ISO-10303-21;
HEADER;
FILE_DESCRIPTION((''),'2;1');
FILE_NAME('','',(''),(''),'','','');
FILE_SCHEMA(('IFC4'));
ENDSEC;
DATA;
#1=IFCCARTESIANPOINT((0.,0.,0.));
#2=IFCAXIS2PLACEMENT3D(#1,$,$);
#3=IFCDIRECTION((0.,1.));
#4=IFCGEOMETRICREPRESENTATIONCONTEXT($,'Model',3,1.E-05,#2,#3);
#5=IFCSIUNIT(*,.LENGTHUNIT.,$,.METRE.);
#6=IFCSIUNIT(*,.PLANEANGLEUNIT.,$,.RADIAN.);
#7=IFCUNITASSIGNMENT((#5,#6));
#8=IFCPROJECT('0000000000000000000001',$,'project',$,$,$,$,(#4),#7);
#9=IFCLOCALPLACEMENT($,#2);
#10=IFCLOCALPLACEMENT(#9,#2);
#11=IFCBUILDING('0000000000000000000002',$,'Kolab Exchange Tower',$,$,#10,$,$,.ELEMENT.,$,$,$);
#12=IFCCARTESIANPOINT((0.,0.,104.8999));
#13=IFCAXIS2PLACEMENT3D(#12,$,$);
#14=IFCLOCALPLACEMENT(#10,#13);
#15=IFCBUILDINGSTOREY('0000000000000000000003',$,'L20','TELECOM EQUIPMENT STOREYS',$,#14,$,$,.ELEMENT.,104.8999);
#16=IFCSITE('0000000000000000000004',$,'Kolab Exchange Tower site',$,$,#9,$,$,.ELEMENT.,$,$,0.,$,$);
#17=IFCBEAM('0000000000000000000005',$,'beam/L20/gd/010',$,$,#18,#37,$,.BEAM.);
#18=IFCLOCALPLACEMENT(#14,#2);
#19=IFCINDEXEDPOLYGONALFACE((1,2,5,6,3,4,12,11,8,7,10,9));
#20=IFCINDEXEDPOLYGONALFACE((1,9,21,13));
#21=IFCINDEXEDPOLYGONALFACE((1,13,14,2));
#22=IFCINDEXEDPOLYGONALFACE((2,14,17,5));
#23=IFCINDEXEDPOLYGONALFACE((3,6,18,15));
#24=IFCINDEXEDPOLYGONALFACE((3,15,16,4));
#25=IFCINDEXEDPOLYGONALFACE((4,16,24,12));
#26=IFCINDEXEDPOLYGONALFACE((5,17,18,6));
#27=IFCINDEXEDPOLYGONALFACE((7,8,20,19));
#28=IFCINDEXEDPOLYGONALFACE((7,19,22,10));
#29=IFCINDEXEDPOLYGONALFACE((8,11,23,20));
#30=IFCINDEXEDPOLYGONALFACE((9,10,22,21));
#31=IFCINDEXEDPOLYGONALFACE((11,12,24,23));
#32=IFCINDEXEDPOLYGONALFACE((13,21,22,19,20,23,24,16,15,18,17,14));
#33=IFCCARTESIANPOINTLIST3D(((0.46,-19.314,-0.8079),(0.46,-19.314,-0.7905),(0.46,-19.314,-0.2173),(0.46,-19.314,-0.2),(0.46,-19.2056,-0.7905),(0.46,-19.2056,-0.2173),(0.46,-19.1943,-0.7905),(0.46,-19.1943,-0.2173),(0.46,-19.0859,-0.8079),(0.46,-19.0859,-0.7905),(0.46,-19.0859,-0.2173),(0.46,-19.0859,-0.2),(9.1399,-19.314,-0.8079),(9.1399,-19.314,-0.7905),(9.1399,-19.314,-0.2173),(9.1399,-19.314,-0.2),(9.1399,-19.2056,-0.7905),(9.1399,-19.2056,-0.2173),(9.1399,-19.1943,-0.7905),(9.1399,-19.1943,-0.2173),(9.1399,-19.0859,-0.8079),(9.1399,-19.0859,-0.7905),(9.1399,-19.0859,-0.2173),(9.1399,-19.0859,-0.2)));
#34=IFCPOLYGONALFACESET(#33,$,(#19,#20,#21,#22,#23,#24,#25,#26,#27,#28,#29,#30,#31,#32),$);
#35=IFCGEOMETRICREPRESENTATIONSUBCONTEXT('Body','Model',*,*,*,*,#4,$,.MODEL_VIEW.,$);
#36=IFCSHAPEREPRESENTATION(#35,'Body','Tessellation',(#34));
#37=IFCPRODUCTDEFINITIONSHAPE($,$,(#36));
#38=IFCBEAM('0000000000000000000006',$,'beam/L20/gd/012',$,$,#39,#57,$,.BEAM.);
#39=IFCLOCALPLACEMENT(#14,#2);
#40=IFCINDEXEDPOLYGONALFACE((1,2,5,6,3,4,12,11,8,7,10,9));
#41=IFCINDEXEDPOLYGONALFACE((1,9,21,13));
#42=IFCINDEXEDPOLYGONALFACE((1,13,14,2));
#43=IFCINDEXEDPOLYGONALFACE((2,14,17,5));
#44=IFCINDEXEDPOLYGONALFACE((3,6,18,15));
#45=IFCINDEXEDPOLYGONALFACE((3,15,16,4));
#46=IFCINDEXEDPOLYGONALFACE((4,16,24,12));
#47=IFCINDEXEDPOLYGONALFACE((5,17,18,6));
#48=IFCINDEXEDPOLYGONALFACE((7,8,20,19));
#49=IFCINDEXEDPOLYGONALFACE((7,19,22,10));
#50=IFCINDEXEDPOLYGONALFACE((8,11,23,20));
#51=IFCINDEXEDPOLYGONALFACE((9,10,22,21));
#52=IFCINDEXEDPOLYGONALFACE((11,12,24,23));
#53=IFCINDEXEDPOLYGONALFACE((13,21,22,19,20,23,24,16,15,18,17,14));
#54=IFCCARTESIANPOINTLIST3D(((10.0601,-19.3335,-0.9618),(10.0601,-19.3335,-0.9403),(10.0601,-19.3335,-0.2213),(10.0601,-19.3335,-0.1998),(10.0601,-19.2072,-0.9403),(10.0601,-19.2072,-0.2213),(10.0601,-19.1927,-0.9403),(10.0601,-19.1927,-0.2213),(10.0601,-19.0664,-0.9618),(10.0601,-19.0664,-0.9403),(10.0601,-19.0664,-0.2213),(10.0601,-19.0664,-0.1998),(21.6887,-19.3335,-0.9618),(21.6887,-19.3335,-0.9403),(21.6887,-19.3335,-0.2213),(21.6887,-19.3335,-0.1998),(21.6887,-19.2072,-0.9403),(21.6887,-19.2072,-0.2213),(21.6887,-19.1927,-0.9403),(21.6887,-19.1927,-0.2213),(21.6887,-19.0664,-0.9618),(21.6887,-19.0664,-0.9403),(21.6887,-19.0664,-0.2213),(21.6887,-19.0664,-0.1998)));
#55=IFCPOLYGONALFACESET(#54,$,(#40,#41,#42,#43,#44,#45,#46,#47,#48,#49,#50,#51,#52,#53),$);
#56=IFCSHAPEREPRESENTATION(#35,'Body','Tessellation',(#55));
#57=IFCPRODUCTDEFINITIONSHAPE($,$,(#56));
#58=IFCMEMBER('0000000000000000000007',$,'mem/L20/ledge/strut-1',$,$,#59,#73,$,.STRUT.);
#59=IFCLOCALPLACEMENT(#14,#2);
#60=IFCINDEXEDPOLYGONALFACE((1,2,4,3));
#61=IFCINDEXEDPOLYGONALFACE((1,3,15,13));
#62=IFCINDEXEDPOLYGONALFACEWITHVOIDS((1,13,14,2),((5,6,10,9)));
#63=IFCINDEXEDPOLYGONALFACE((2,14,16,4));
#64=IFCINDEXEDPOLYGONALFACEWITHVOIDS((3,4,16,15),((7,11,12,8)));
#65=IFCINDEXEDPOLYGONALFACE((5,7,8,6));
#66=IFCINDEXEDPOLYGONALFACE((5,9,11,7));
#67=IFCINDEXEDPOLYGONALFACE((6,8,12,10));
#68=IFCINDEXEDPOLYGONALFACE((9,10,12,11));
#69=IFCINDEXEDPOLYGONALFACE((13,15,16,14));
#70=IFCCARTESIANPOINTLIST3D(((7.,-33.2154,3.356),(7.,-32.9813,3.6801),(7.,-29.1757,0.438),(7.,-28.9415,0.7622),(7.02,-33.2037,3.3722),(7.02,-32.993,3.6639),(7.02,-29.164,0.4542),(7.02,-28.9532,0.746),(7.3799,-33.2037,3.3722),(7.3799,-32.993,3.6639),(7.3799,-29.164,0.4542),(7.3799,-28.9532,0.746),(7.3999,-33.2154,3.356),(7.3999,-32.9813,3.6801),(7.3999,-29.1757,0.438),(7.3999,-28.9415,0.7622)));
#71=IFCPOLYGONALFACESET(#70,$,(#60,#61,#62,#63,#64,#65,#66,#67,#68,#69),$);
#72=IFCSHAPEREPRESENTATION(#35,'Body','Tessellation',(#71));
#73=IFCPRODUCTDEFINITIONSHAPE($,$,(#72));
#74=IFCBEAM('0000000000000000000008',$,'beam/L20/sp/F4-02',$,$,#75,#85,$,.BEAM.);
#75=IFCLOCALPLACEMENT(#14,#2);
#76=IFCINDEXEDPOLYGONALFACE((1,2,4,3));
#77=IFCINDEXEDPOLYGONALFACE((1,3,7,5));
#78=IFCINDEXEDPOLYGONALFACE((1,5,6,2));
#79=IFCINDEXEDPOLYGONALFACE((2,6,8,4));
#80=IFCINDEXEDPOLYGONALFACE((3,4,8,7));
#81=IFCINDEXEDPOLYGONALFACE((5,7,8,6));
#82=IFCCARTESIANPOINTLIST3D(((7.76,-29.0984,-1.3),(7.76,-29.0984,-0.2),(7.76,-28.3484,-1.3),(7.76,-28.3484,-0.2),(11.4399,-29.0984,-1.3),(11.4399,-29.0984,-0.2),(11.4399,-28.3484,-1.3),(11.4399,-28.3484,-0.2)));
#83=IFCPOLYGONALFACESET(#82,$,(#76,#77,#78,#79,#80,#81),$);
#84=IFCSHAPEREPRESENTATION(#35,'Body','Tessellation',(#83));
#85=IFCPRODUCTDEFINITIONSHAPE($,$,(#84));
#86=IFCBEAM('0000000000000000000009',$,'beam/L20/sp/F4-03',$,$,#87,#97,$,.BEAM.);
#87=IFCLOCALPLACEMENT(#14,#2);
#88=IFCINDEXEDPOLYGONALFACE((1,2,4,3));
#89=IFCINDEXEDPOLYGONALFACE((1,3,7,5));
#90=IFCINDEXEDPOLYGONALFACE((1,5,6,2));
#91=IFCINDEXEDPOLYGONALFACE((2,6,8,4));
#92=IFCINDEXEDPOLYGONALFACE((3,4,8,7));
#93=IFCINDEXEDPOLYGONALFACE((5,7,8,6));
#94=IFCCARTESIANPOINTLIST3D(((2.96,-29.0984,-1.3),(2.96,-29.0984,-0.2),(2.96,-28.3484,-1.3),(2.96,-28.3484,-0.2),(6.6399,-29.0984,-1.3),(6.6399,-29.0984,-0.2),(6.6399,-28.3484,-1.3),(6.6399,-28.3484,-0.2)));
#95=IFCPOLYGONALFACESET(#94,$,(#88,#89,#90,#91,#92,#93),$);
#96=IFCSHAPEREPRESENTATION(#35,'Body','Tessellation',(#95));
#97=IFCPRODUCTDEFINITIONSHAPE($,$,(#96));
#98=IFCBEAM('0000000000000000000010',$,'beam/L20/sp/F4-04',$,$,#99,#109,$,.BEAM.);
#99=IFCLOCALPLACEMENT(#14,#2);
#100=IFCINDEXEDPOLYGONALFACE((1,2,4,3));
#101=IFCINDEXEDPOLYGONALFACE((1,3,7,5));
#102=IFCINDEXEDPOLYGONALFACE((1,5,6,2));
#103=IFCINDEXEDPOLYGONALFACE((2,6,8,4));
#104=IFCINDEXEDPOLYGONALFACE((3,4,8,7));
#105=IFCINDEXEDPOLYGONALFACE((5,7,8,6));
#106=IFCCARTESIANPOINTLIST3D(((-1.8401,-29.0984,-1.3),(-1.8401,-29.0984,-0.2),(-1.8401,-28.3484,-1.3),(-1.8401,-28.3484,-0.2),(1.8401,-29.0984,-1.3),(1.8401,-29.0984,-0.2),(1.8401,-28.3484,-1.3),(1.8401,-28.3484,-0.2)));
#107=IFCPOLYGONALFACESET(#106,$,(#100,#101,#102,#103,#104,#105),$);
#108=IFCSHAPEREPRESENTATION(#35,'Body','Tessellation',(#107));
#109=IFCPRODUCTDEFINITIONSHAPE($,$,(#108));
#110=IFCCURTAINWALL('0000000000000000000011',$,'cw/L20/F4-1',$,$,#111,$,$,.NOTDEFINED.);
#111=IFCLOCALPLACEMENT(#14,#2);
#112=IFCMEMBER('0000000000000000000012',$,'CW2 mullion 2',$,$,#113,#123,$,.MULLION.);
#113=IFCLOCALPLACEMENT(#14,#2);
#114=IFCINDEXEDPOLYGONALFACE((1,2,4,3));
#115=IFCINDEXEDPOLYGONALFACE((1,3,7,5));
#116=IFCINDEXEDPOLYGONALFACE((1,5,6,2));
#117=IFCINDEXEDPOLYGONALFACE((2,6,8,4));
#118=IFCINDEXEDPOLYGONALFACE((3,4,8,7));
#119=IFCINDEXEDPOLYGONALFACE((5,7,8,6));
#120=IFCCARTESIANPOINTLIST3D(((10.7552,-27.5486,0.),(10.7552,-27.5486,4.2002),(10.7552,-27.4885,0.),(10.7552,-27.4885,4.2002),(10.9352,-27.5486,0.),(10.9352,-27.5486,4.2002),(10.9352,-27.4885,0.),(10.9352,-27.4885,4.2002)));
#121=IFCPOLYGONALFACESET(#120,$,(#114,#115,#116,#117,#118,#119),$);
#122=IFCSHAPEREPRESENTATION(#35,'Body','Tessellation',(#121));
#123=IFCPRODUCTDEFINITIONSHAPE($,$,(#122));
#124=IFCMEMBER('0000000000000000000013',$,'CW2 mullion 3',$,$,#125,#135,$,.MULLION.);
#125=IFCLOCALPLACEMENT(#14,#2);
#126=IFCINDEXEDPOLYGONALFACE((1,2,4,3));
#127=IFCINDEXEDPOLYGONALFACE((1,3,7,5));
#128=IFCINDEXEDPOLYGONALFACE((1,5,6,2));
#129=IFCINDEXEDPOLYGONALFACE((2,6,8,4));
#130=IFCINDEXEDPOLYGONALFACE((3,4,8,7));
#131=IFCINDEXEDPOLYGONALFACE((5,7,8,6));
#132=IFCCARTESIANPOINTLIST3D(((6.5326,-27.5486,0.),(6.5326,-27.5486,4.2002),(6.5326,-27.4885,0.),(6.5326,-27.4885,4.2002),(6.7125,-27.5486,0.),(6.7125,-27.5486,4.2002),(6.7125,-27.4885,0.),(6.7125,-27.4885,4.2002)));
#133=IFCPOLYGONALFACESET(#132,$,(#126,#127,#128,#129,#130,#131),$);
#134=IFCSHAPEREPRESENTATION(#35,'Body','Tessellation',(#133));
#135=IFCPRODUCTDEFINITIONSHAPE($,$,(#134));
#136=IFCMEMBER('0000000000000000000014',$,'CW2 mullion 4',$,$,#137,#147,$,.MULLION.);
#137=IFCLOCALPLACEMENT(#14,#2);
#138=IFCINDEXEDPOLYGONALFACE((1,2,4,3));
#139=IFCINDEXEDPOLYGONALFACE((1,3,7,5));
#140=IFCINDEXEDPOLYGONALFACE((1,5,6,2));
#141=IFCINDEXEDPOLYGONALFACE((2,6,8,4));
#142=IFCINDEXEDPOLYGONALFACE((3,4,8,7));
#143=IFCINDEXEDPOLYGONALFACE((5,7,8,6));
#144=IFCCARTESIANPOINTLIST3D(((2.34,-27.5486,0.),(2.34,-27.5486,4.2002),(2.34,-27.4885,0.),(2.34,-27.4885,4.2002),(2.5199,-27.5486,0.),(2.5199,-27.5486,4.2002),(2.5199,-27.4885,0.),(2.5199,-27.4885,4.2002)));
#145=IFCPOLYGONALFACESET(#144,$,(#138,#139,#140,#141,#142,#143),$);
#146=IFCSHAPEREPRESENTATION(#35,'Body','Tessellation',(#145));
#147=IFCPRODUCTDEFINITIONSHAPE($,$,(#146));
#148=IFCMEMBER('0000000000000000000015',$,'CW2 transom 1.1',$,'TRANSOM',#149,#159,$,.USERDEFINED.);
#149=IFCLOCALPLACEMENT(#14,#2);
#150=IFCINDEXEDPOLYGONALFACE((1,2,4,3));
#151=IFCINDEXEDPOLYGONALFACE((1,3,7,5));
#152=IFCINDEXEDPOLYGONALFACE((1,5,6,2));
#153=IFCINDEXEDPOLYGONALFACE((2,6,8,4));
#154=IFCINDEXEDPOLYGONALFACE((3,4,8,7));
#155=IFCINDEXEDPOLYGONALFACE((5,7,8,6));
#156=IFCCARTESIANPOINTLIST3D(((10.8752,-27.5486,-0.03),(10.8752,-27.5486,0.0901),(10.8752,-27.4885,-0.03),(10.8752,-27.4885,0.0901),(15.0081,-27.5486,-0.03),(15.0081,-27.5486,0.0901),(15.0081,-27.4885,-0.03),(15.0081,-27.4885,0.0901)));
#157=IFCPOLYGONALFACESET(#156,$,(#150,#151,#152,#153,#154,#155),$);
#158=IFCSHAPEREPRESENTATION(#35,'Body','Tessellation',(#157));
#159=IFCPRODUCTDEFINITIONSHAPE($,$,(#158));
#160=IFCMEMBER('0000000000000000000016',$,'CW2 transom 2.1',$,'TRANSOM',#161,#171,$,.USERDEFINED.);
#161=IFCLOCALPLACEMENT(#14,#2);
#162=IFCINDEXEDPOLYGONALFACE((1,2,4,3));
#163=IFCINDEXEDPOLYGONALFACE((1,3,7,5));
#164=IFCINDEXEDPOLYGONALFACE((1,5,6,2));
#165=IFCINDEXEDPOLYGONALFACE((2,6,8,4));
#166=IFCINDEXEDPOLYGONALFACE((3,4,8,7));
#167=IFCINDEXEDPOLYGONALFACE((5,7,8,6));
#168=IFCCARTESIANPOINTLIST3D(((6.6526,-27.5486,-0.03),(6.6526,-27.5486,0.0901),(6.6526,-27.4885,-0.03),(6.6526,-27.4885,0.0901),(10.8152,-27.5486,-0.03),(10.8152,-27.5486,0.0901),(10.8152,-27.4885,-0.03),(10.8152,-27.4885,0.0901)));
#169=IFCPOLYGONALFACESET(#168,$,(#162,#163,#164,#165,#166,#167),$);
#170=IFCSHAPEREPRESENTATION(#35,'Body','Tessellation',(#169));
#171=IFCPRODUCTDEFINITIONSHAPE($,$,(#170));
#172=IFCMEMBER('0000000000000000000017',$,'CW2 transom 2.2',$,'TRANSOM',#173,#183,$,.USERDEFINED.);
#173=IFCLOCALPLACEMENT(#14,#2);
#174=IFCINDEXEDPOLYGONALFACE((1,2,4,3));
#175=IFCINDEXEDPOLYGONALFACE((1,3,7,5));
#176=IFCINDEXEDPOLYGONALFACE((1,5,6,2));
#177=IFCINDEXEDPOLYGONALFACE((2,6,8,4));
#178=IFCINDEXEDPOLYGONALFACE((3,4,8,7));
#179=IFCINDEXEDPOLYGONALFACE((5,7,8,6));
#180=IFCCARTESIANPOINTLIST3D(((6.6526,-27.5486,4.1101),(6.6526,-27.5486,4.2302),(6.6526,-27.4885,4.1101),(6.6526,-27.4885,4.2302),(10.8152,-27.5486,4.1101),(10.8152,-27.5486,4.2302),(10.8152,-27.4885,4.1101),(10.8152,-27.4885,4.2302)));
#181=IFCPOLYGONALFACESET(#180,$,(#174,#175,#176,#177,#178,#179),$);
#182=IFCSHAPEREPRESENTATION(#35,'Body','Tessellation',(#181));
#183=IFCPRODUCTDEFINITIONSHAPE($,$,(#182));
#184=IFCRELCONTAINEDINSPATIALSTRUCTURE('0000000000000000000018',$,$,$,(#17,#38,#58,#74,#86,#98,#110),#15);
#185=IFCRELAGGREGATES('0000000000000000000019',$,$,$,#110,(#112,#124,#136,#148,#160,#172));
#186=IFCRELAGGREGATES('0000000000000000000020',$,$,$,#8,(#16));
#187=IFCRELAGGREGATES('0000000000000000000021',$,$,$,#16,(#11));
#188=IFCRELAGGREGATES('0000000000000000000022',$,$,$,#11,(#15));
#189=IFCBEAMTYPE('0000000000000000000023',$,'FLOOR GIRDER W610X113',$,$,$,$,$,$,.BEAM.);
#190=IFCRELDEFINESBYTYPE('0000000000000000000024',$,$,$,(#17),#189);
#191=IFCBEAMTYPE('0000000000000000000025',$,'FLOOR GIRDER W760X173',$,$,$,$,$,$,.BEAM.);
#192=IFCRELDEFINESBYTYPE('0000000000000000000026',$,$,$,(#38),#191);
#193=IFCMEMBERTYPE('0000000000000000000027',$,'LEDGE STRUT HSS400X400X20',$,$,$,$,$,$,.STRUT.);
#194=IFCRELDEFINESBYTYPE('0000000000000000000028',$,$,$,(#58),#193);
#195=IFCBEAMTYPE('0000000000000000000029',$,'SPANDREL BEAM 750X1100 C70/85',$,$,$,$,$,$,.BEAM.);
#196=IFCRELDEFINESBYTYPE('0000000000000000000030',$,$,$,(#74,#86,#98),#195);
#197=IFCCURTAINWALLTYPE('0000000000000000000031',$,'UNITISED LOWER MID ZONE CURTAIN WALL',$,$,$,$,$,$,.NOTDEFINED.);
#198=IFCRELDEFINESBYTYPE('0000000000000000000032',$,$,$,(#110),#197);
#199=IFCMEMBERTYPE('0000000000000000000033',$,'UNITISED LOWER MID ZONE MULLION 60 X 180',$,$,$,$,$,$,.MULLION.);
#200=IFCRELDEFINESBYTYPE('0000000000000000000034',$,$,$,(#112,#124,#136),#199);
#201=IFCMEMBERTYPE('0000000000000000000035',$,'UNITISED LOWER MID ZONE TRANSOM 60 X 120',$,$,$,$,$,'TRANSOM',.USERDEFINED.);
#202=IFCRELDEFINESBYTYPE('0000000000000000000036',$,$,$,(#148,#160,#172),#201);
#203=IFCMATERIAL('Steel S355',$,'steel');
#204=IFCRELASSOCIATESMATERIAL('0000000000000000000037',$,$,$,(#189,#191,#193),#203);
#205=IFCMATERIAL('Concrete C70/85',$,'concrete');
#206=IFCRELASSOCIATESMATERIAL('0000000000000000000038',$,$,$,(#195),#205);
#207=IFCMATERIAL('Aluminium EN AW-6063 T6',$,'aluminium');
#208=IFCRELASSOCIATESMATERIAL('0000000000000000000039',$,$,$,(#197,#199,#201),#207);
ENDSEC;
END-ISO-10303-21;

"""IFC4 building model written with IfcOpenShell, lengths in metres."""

from ifc_helpers import new_model, si_unit, direction, frame, origin, origin_2d, place, context, subcontext, project, spatial, rectangle, hollow_rectangle, i_section, extrude, material, material_profile, profile_set, type_object, element, aggregate, save


model = new_model("IFC4")

# Units and contexts
model_context = context("Model", 3, precision=1e-05, world=origin(), true_north=direction((0.0, 1.0)))
body_context = subcontext(model_context, "Body", "Model", "MODEL_VIEW")
ifc_project = project(units=[si_unit("LENGTHUNIT", "METRE"), si_unit("PLANEANGLEUNIT", "RADIAN")], contexts=[model_context])

# Site, building, storey
site_placement = place(None, origin())
site = spatial("IfcSite", under=ifc_project, at=site_placement, Name="Kolab Exchange Tower site", CompositionType="ELEMENT", RefElevation=0.0)
building_placement = place(site_placement, origin())
building = spatial("IfcBuilding", under=site, at=building_placement, Name="Kolab Exchange Tower", CompositionType="ELEMENT")
storey_placement = place(building_placement, frame((0.0, 0.0, 104.8999)))
storey = spatial("IfcBuildingStorey", under=building, at=storey_placement, Name="L20", Description="TELECOM EQUIPMENT STOREYS", CompositionType="ELEMENT", Elevation=104.8999)

# Shared definitions
ifc_material_1 = material(Name="Concrete C70/85", Category="concrete")

# Beams
ifc_material_2 = material(Name="Steel S355", Category="steel")
ifc_material_profile_1 = material_profile(ifc_material_2, i_section(OverallWidth=0.228, OverallDepth=0.6079, WebThickness=0.0112, FlangeThickness=0.0173, at=origin_2d()), Name="W610X113")
ifc_profile_set_1 = profile_set([ifc_material_profile_1], Name="Steel S355")
beam_type_1 = type_object("IfcBeamType", Name="FLOOR GIRDER W610X113", PredefinedType="BEAM", material=ifc_profile_set_1)
beam_1_placement = place(storey_placement, frame((0.46, -19.2, -0.5039), z_axis=(1.0, 0.0, 0.0), x_axis=(0.0, 1.0, 0.0)))
element("IfcBeam", 1, at=beam_1_placement, inside=storey, type_object=beam_type_1, Name="beam/L20/gd/010", PredefinedType="BEAM", context=body_context, shape_type="SweptSolid", body=[
    extrude(i_section(OverallWidth=0.228, OverallDepth=0.6079, WebThickness=0.0112, FlangeThickness=0.0173, at=origin_2d()), origin(), (0.0, 0.0, 1.0), 8.6799),
])
ifc_material_profile_2 = material_profile(ifc_material_2, i_section(OverallWidth=0.2671, OverallDepth=0.762, WebThickness=0.0144, FlangeThickness=0.0215, at=origin_2d()), Name="W760X173")
ifc_profile_set_2 = profile_set([ifc_material_profile_2], Name="Steel S355")
beam_type_2 = type_object("IfcBeamType", Name="FLOOR GIRDER W760X173", PredefinedType="BEAM", material=ifc_profile_set_2)
beam_2_placement = place(storey_placement, frame((10.0601, -19.2, -0.5808), z_axis=(1.0, 0.0, 0.0), x_axis=(0.0, 1.0, 0.0)))
element("IfcBeam", 2, at=beam_2_placement, inside=storey, type_object=beam_type_2, Name="beam/L20/gd/012", PredefinedType="BEAM", context=body_context, shape_type="SweptSolid", body=[
    extrude(i_section(OverallWidth=0.2671, OverallDepth=0.762, WebThickness=0.0144, FlangeThickness=0.0215, at=origin_2d()), origin(), (0.0, 0.0, 1.0), 11.6287),
])

# Member
ifc_material_profile_3 = material_profile(ifc_material_2, hollow_rectangle(XDim=0.3999, YDim=0.3999, WallThickness=0.02, at=origin_2d()), Name="HSS400X400X20")
ifc_profile_set_3 = profile_set([ifc_material_profile_3], Name="Steel S355")
member_type_1 = type_object("IfcMemberType", Name="LEDGE STRUT HSS400X400X20", PredefinedType="STRUT", material=ifc_profile_set_3)
member_1_placement = place(storey_placement, frame((7.2, -29.0586, 0.6001), z_axis=(0.0, -0.810647, 0.585535), x_axis=(1.0, 0.0, 0.0)))
element("IfcMember", 3, at=member_1_placement, inside=storey, type_object=member_type_1, Name="mem/L20/ledge/strut-1", PredefinedType="STRUT", context=body_context, shape_type="SweptSolid", body=[
    extrude(hollow_rectangle(XDim=0.3999, YDim=0.3999, WallThickness=0.02, at=origin_2d()), origin(), (0.0, 0.0, 1.0), 4.9834),
])

# Beams
ifc_material_profile_4 = material_profile(ifc_material_1, rectangle(XDim=0.75, YDim=1.1001, at=origin_2d()), Name="RC750X1100")
ifc_profile_set_4 = profile_set([ifc_material_profile_4], Name="Concrete C70/85")
beam_type_3 = type_object("IfcBeamType", Name="SPANDREL BEAM 750X1100 C70/85", PredefinedType="BEAM", material=ifc_profile_set_4)
for number, where, z_axis, x_axis, name in (
    (4, (11.4399, -28.7234, -0.75), (-1.0, 0.0, 0.0), (0.0, -1.0, 0.0), "beam/L20/sp/F4-02"),
    (5, (6.6399, -28.7234, -0.75), (-1.0, 0.0, 0.0), (0.0, -1.0, 0.0), "beam/L20/sp/F4-03"),
):
    element("IfcBeam", number, at=place(storey_placement, frame(where, z_axis=z_axis, x_axis=x_axis)), inside=storey, type_object=beam_type_3, Name=name, PredefinedType="BEAM", context=body_context, shape_type="SweptSolid", body=[
        extrude(rectangle(XDim=0.75, YDim=1.1001, at=origin_2d()), origin(), (0.0, 0.0, 1.0), 3.6799),
    ])
beam_3_placement = place(storey_placement, frame((1.8401, -28.7234, -0.75), z_axis=(-1.0, 0.0, 0.0), x_axis=(0.0, -1.0, 0.0)))
element("IfcBeam", 6, at=beam_3_placement, inside=storey, type_object=beam_type_3, Name="beam/L20/sp/F4-04", PredefinedType="BEAM", context=body_context, shape_type="SweptSolid", body=[
    extrude(rectangle(XDim=0.75, YDim=1.1001, at=origin_2d()), origin(), (0.0, 0.0, 1.0), 3.6802),
])

# Curtain wall, members
ifc_material_3 = material(Name="Aluminium EN AW-6063 T6", Category="aluminium")
curtain_wall_type = type_object("IfcCurtainWallType", Name="UNITISED LOWER MID ZONE CURTAIN WALL", PredefinedType="NOTDEFINED", material=ifc_material_3)
curtain_wall_placement = place(storey_placement, origin())
curtain_wall = element("IfcCurtainWall", 7, at=curtain_wall_placement, inside=storey, type_object=curtain_wall_type, Name="cw/L20/F4-1", PredefinedType="NOTDEFINED")
ifc_material_profile_5 = material_profile(ifc_material_3, rectangle(XDim=0.0601, YDim=0.1799, at=origin_2d()), Name="RECT 60X180")
ifc_profile_set_5 = profile_set([ifc_material_profile_5], Name="Aluminium EN AW-6063 T6")
member_type_2 = type_object("IfcMemberType", Name="UNITISED LOWER MID ZONE MULLION 60 X 180", PredefinedType="MULLION", material=ifc_profile_set_5)
member_2_placement = place(storey_placement, frame((10.8452, -27.5186, 0.0), z_axis=(0.0, 0.0, 1.0), x_axis=(0.0, -1.0, 0.0)))
member_2 = element("IfcMember", 8, at=member_2_placement, type_object=member_type_2, Name="CW2 mullion 2", PredefinedType="MULLION", context=body_context, shape_type="SweptSolid", body=[
    extrude(rectangle(XDim=0.0601, YDim=0.1799, at=origin_2d()), origin(), (0.0, 0.0, 1.0), 4.2002),
])
member_3_placement = place(storey_placement, frame((6.6226, -27.5186, 0.0), z_axis=(0.0, 0.0, 1.0), x_axis=(0.0, -1.0, 0.0)))
member_3 = element("IfcMember", 9, at=member_3_placement, type_object=member_type_2, Name="CW2 mullion 3", PredefinedType="MULLION", context=body_context, shape_type="SweptSolid", body=[
    extrude(rectangle(XDim=0.0601, YDim=0.1799, at=origin_2d()), origin(), (0.0, 0.0, 1.0), 4.2002),
])
member_4_placement = place(storey_placement, frame((2.4299, -27.5186, 0.0), z_axis=(0.0, 0.0, 1.0), x_axis=(0.0, -1.0, 0.0)))
member_4 = element("IfcMember", 10, at=member_4_placement, type_object=member_type_2, Name="CW2 mullion 4", PredefinedType="MULLION", context=body_context, shape_type="SweptSolid", body=[
    extrude(rectangle(XDim=0.0601, YDim=0.1799, at=origin_2d()), origin(), (0.0, 0.0, 1.0), 4.2002),
])
ifc_material_profile_6 = material_profile(ifc_material_3, rectangle(XDim=0.0601, YDim=0.1201, at=origin_2d()), Name="RECT 60X120")
ifc_profile_set_6 = profile_set([ifc_material_profile_6], Name="Aluminium EN AW-6063 T6")
member_type_3 = type_object("IfcMemberType", Name="UNITISED LOWER MID ZONE TRANSOM 60 X 120", ElementType="TRANSOM", PredefinedType="USERDEFINED", material=ifc_profile_set_6)
member_5_placement = place(storey_placement, frame((15.0081, -27.5186, 0.03), z_axis=(-1.0, 0.0, 0.0), x_axis=(0.0, -1.0, 0.0)))
member_5 = element("IfcMember", 11, at=member_5_placement, type_object=member_type_3, Name="CW2 transom 1.1", ObjectType="TRANSOM", PredefinedType="USERDEFINED", context=body_context, shape_type="SweptSolid", body=[
    extrude(rectangle(XDim=0.0601, YDim=0.1201, at=origin_2d()), origin(), (0.0, 0.0, 1.0), 4.1328),
])
member_6_placement = place(storey_placement, frame((10.8152, -27.5186, 0.03), z_axis=(-1.0, 0.0, 0.0), x_axis=(0.0, -1.0, 0.0)))
member_6 = element("IfcMember", 12, at=member_6_placement, type_object=member_type_3, Name="CW2 transom 2.1", ObjectType="TRANSOM", PredefinedType="USERDEFINED", context=body_context, shape_type="SweptSolid", body=[
    extrude(rectangle(XDim=0.0601, YDim=0.1201, at=origin_2d()), origin(), (0.0, 0.0, 1.0), 4.1626),
])
member_7_placement = place(storey_placement, frame((10.8152, -27.5186, 4.1702), z_axis=(-1.0, 0.0, 0.0), x_axis=(0.0, -1.0, 0.0)))
member_7 = element("IfcMember", 13, at=member_7_placement, type_object=member_type_3, Name="CW2 transom 2.2", ObjectType="TRANSOM", PredefinedType="USERDEFINED", context=body_context, shape_type="SweptSolid", body=[
    extrude(rectangle(XDim=0.0601, YDim=0.1201, at=origin_2d()), origin(), (0.0, 0.0, 1.0), 4.1626),
])
aggregate(curtain_wall, [member_2, member_3, member_4, member_5, member_6, member_7])

save(model, "model.ifc")
